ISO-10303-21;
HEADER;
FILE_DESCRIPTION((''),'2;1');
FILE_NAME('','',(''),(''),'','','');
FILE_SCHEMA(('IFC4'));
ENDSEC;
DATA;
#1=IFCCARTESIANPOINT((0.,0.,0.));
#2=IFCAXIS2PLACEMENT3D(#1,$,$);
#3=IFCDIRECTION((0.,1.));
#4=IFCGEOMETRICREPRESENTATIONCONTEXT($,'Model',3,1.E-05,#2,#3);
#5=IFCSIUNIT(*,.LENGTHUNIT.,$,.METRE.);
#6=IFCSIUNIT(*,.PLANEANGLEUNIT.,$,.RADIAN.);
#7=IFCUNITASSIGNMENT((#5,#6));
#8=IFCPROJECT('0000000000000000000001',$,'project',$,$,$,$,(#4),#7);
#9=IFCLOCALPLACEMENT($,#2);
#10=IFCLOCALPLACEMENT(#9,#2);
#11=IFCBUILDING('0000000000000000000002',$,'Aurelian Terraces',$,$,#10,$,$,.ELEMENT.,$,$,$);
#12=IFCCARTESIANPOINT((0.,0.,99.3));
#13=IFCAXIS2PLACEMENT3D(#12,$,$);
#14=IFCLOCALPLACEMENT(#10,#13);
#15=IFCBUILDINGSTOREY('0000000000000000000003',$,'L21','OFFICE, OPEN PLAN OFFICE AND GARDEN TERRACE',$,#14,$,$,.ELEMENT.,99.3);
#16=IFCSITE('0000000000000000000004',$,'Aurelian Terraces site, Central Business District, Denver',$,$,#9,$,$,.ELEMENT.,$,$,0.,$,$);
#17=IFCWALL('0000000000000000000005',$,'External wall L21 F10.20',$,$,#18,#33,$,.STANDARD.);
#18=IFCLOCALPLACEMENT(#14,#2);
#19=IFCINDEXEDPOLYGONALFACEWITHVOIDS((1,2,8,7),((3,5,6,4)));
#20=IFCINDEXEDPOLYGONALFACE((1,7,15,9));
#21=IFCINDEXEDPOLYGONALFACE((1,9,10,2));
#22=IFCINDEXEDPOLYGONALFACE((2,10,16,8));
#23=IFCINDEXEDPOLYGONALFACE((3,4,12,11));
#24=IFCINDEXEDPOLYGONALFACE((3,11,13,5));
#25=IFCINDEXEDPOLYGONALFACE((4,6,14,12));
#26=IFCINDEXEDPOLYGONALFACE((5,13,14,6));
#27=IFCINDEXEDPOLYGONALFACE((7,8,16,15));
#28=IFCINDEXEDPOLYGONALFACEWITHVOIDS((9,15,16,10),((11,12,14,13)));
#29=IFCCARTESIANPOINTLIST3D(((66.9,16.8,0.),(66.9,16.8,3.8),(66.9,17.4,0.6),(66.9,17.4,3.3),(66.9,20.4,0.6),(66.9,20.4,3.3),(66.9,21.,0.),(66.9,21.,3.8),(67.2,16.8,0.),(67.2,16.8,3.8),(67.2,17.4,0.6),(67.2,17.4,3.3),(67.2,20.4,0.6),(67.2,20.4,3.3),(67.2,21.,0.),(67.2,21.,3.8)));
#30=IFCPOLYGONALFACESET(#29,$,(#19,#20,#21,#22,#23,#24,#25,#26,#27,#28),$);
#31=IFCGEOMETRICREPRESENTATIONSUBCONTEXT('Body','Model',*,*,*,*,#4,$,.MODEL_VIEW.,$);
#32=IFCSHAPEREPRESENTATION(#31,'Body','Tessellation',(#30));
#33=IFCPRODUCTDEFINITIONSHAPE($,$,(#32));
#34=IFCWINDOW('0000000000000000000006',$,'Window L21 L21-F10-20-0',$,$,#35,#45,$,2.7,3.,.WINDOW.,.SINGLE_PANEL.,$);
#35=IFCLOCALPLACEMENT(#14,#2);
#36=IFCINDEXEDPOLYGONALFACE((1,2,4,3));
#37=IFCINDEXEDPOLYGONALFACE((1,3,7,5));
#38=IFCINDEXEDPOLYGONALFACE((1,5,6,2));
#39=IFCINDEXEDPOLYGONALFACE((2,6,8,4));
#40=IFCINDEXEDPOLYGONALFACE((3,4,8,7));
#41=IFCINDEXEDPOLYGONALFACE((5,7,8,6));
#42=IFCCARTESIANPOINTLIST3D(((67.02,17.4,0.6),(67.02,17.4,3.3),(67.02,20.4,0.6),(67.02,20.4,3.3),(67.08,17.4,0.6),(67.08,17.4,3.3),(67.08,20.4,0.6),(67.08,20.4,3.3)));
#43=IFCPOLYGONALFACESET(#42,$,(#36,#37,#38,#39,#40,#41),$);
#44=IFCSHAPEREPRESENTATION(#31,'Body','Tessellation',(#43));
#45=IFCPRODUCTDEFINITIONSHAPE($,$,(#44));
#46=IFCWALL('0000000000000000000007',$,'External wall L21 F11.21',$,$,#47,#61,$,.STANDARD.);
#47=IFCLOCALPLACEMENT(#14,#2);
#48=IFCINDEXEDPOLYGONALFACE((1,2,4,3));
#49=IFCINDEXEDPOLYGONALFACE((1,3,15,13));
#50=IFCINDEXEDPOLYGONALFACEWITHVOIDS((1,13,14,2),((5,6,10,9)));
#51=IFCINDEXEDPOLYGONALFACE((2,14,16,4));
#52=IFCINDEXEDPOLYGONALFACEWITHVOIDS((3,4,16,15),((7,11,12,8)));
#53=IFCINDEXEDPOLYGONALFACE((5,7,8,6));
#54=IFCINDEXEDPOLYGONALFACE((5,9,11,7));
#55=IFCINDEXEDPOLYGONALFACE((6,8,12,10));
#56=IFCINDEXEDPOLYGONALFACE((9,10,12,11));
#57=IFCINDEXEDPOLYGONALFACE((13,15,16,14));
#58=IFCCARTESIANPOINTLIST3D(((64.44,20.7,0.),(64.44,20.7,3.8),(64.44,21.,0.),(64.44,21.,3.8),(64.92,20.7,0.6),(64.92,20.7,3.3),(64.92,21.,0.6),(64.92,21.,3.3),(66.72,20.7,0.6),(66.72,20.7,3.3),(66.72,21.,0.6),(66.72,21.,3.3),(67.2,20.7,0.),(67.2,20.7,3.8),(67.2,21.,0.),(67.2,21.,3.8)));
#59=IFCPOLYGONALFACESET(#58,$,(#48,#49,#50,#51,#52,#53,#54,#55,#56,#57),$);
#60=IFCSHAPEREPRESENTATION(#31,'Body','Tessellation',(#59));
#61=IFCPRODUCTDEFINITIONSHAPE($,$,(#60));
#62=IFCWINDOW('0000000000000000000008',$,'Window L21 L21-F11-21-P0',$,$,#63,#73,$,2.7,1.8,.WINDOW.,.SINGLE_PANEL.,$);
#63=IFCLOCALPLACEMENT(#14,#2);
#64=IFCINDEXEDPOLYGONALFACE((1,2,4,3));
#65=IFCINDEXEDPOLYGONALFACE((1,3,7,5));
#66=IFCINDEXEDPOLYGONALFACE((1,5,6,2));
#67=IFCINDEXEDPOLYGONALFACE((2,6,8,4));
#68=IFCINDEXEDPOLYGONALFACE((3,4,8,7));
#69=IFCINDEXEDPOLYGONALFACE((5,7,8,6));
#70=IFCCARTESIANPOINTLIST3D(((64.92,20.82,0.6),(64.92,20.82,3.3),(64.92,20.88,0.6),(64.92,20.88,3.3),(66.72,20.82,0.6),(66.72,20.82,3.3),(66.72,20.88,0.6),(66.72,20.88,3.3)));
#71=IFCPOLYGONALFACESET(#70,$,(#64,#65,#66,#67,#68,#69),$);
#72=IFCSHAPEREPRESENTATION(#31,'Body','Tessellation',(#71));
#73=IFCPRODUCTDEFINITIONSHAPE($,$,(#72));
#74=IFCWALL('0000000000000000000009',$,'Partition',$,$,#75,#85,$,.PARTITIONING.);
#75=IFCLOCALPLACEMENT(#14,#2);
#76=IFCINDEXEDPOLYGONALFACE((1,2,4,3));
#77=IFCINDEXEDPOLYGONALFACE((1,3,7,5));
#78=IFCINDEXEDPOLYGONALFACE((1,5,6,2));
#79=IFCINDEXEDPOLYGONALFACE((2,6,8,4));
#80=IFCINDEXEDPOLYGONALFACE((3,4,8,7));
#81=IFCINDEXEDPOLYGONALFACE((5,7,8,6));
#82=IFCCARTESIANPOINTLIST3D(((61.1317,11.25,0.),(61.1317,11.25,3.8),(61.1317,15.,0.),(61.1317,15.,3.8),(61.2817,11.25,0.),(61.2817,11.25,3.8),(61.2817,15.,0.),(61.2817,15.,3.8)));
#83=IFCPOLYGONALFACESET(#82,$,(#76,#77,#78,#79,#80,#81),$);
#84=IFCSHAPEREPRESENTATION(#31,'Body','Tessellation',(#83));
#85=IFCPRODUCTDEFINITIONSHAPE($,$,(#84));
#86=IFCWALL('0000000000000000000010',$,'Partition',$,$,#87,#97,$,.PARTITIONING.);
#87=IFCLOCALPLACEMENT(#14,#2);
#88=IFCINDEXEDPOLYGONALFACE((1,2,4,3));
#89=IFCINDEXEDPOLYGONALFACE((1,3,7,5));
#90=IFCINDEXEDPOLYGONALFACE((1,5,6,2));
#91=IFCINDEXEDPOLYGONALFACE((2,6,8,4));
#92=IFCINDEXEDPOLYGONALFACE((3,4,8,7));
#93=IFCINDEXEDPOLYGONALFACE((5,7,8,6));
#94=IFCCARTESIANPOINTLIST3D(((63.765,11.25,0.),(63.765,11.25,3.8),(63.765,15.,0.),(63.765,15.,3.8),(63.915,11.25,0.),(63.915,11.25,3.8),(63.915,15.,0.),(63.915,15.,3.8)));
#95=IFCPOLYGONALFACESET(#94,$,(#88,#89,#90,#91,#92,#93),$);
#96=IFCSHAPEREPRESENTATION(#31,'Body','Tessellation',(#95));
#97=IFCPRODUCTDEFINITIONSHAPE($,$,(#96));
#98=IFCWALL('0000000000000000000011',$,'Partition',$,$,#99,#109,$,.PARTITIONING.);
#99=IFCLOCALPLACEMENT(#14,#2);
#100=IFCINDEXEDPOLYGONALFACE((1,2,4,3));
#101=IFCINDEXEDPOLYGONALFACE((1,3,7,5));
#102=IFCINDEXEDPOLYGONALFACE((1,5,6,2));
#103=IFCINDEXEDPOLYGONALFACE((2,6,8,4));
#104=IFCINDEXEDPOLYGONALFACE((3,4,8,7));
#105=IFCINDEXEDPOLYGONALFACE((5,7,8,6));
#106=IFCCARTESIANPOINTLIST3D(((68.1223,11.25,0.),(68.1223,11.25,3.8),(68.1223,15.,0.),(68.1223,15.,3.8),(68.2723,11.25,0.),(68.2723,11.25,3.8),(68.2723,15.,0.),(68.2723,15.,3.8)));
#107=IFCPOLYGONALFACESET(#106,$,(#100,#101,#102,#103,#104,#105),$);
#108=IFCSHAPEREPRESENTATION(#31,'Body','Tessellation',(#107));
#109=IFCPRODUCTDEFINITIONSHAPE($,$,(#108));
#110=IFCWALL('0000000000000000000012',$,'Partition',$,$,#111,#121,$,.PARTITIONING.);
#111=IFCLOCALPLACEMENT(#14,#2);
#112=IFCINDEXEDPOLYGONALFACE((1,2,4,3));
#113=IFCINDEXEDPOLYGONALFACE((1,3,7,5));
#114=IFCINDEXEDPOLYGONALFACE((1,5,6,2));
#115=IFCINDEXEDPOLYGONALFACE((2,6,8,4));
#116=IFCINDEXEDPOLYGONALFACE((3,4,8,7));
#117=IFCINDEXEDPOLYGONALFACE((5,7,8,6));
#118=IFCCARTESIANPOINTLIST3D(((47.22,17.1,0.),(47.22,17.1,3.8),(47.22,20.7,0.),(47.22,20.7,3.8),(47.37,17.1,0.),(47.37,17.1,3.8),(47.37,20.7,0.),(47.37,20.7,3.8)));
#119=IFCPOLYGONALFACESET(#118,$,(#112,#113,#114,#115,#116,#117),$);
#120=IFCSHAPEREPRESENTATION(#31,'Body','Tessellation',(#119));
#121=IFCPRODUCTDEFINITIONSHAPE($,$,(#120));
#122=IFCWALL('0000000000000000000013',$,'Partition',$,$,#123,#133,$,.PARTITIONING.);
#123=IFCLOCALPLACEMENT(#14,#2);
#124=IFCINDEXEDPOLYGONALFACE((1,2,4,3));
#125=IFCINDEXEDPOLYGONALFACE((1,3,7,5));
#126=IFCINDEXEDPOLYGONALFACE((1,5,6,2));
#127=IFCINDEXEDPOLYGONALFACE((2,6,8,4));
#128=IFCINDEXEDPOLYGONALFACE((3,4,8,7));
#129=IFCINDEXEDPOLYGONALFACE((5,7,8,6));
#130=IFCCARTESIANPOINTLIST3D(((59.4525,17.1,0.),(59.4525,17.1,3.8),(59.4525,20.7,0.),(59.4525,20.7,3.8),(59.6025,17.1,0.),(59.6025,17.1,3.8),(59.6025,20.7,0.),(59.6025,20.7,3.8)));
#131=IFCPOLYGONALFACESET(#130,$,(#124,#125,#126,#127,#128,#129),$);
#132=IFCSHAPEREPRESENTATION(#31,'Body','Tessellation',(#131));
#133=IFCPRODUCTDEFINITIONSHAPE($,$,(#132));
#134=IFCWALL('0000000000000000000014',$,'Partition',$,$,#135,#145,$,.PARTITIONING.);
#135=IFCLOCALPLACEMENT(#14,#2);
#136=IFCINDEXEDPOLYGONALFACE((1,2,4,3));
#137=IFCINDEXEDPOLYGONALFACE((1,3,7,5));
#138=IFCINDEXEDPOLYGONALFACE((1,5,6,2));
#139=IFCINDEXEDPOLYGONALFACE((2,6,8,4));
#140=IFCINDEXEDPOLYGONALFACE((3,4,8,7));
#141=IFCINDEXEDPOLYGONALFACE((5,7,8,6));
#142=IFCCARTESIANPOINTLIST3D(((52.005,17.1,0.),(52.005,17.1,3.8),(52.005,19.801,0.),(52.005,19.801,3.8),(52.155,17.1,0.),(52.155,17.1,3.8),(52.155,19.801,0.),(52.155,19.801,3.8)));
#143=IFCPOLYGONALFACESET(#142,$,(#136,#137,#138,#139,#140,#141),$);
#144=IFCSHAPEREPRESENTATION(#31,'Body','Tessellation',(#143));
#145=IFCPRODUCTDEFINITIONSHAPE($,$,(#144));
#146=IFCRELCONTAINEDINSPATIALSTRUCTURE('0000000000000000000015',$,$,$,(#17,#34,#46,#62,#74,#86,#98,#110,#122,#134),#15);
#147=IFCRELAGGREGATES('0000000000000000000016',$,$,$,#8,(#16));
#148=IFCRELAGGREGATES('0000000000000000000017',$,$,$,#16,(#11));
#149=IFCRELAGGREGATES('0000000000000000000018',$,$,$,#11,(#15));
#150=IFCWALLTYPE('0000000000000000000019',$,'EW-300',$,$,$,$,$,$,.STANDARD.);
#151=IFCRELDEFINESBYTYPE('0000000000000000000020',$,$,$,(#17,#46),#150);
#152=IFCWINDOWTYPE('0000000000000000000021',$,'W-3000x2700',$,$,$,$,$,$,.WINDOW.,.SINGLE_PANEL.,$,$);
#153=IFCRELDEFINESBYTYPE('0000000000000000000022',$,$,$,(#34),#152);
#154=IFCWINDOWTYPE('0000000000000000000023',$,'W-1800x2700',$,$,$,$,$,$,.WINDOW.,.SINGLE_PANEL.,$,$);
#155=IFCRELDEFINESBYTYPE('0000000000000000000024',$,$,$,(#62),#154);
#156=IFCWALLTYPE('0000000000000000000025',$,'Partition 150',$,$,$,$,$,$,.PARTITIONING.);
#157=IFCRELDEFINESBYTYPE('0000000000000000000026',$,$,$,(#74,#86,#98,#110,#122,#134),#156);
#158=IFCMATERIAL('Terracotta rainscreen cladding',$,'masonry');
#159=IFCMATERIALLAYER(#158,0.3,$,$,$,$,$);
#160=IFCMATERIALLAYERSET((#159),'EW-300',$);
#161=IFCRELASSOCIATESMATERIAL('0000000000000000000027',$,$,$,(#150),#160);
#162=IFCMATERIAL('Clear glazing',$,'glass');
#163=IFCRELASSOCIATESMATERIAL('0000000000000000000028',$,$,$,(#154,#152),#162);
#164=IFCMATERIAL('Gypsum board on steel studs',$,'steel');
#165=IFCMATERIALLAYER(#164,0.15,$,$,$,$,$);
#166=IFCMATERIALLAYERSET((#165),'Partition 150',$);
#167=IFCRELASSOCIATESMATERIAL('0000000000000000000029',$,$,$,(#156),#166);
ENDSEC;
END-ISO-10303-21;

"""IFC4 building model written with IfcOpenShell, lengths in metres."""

from ifc_helpers import new_model, si_unit, direction, frame, frame_2d, origin, place, context, subcontext, project, spatial, rectangle, extrude, source, transform, mapped, material, layer, layer_set, type_object, element, fill, save


model = new_model("IFC4")

# Units and contexts
model_context = context("Model", 3, precision=1e-05, world=origin(), true_north=direction((0.0, 1.0)))
body_context = subcontext(model_context, "Body", "Model", "MODEL_VIEW")
ifc_project = project(units=[si_unit("LENGTHUNIT", "METRE"), si_unit("PLANEANGLEUNIT", "RADIAN")], contexts=[model_context])

# Site, building, storey
site_placement = place(None, origin())
site = spatial("IfcSite", under=ifc_project, at=site_placement, Name="Aurelian Terraces site, Central Business District, Denver", CompositionType="ELEMENT", RefElevation=0.0)
building_placement = place(site_placement, origin())
building = spatial("IfcBuilding", under=site, at=building_placement, Name="Aurelian Terraces", CompositionType="ELEMENT")
storey_placement = place(building_placement, frame((0.0, 0.0, 99.3)))
storey = spatial("IfcBuildingStorey", under=building, at=storey_placement, Name="L21", Description="OFFICE, OPEN PLAN OFFICE AND GARDEN TERRACE", CompositionType="ELEMENT", Elevation=99.3)

# Walls, openings, windows
ifc_material_1 = material(Name="Terracotta rainscreen cladding", Category="masonry")
ifc_layer_1 = layer(ifc_material_1, 0.3)
ifc_layer_set_1 = layer_set([ifc_layer_1], Name="EW-300")
wall_type_1 = type_object("IfcWallType", Name="EW-300", PredefinedType="STANDARD", material=ifc_layer_set_1)
shared_shape_1 = source(origin(), body_context, "Body", "SweptSolid", [
    extrude(rectangle(XDim=1.8, YDim=2.7, at=frame_2d((0.9, 1.35))), frame((0.0, 0.16, 0.0), z_axis=(0.0, -1.0, 0.0), x_axis=(1.0, 0.0, 0.0)), (0.0, 0.0, 1.0), 0.32),
])
ifc_material_2 = material(Name="Clear glazing", Category="glass")
window_type_1 = type_object("IfcWindowType", Name="W-1800x2700", PartitioningType="SINGLE_PANEL", PredefinedType="WINDOW", material=ifc_material_2)
shared_shape_2 = source(origin(), body_context, "Body", "SweptSolid", [
    extrude(rectangle(XDim=1.8, YDim=2.7, at=frame_2d((0.9, 1.35))), frame((0.0, 0.03, 0.0), z_axis=(0.0, -1.0, 0.0), x_axis=(1.0, 0.0, 0.0)), (0.0, 0.0, 1.0), 0.06),
])
shared_shape_3 = source(origin(), body_context, "Body", "SweptSolid", [
    extrude(rectangle(XDim=4.2, YDim=0.3, at=frame_2d((2.1, 0.0))), origin(), (0.0, 0.0, 1.0), 3.8),
])
wall_1_placement = place(storey_placement, frame((67.05, 16.8, 0.0), z_axis=(0.0, 0.0, 1.0), x_axis=(0.0, 1.0, 0.0)))
wall_1 = element("IfcWall", 1, at=wall_1_placement, inside=storey, type_object=wall_type_1, Name="External wall L21 F10.20", PredefinedType="STANDARD", context=body_context, shape_type="MappedRepresentation", body=[
    mapped(shared_shape_3, transform((0.0, 0.0, 0.0), scale=1.0)),
])
shared_shape_4 = source(origin(), body_context, "Body", "SweptSolid", [
    extrude(rectangle(XDim=3.0, YDim=2.7, at=frame_2d((1.5, 1.35))), frame((0.0, 0.16, 0.0), z_axis=(0.0, -1.0, 0.0), x_axis=(1.0, 0.0, 0.0)), (0.0, 0.0, 1.0), 0.32),
])
opening_1_placement = place(wall_1_placement, frame((0.6, 0.0, 0.6)))
opening_1 = element("IfcOpeningElement", 2, at=opening_1_placement, cuts=wall_1, PredefinedType="OPENING", context=body_context, shape_type="MappedRepresentation", body=[
    mapped(shared_shape_4, transform((0.0, 0.0, 0.0), scale=1.0)),
])
window_type_2 = type_object("IfcWindowType", Name="W-3000x2700", PartitioningType="SINGLE_PANEL", PredefinedType="WINDOW", material=ifc_material_2)
shared_shape_5 = source(origin(), body_context, "Body", "SweptSolid", [
    extrude(rectangle(XDim=3.0, YDim=2.7, at=frame_2d((1.5, 1.35))), frame((0.0, 0.03, 0.0), z_axis=(0.0, -1.0, 0.0), x_axis=(1.0, 0.0, 0.0)), (0.0, 0.0, 1.0), 0.06),
])
window_1_placement = place(opening_1_placement, origin())
window_1 = element("IfcWindow", 3, at=window_1_placement, inside=storey, type_object=window_type_2, Name="Window L21 L21-F10-20-0", OverallHeight=2.7, OverallWidth=3.0, PartitioningType="SINGLE_PANEL", PredefinedType="WINDOW", context=body_context, shape_type="MappedRepresentation", body=[
    mapped(shared_shape_5, transform((0.0, 0.0, 0.0), scale=1.0)),
])
fill(opening_1, window_1)
shared_shape_6 = source(origin(), body_context, "Body", "SweptSolid", [
    extrude(rectangle(XDim=2.76, YDim=0.3, at=frame_2d((1.38, 0.0))), origin(), (0.0, 0.0, 1.0), 3.8),
])
wall_2_placement = place(storey_placement, frame((67.2, 20.85, 0.0), z_axis=(0.0, 0.0, 1.0), x_axis=(-1.0, 0.0, 0.0)))
wall_2 = element("IfcWall", 4, at=wall_2_placement, inside=storey, type_object=wall_type_1, Name="External wall L21 F11.21", PredefinedType="STANDARD", context=body_context, shape_type="MappedRepresentation", body=[
    mapped(shared_shape_6, transform((0.0, 0.0, 0.0), scale=1.0)),
])
opening_2_placement = place(wall_2_placement, frame((0.48, 0.0, 0.6)))
opening_2 = element("IfcOpeningElement", 5, at=opening_2_placement, cuts=wall_2, PredefinedType="OPENING", context=body_context, shape_type="MappedRepresentation", body=[
    mapped(shared_shape_1, transform((0.0, 0.0, 0.0), scale=1.0)),
])
window_2_placement = place(opening_2_placement, origin())
window_2 = element("IfcWindow", 6, at=window_2_placement, inside=storey, type_object=window_type_1, Name="Window L21 L21-F11-21-P0", OverallHeight=2.7, OverallWidth=1.8, PartitioningType="SINGLE_PANEL", PredefinedType="WINDOW", context=body_context, shape_type="MappedRepresentation", body=[
    mapped(shared_shape_2, transform((0.0, 0.0, 0.0), scale=1.0)),
])
fill(opening_2, window_2)

# Walls
ifc_material_3 = material(Name="Gypsum board on steel studs", Category="steel")
ifc_layer_2 = layer(ifc_material_3, 0.15)
ifc_layer_set_2 = layer_set([ifc_layer_2], Name="Partition 150")
wall_type_2 = type_object("IfcWallType", Name="Partition 150", PredefinedType="PARTITIONING", material=ifc_layer_set_2)
shared_shape_7 = source(origin(), body_context, "Body", "SweptSolid", [
    extrude(rectangle(XDim=3.75, YDim=0.15, at=frame_2d((1.875, 0.0))), origin(), (0.0, 0.0, 1.0), 3.8),
])
for number, where, z_axis, x_axis, name in (
    (7, (61.2067, 11.25, 0.0), (0.0, 0.0, 1.0), (0.0, 1.0, 0.0), "Partition"),
    (8, (63.84, 11.25, 0.0), (0.0, 0.0, 1.0), (0.0, 1.0, 0.0), "Partition"),
    (9, (68.1973, 11.25, 0.0), (0.0, 0.0, 1.0), (0.0, 1.0, 0.0), "Partition"),
):
    element("IfcWall", number, at=place(storey_placement, frame(where, z_axis=z_axis, x_axis=x_axis)), inside=storey, type_object=wall_type_2, Name=name, PredefinedType="PARTITIONING", context=body_context, shape_type="MappedRepresentation", body=[
        mapped(shared_shape_7, transform((0.0, 0.0, 0.0), scale=1.0)),
    ])
shared_shape_8 = source(origin(), body_context, "Body", "SweptSolid", [
    extrude(rectangle(XDim=3.6, YDim=0.15, at=frame_2d((1.8, 0.0))), origin(), (0.0, 0.0, 1.0), 3.8),
])
for number, where, z_axis, x_axis, name in (
    (10, (47.295, 20.7, 0.0), (0.0, 0.0, 1.0), (0.0, -1.0, 0.0), "Partition"),
    (11, (59.5275, 20.7, 0.0), (0.0, 0.0, 1.0), (0.0, -1.0, 0.0), "Partition"),
):
    element("IfcWall", number, at=place(storey_placement, frame(where, z_axis=z_axis, x_axis=x_axis)), inside=storey, type_object=wall_type_2, Name=name, PredefinedType="PARTITIONING", context=body_context, shape_type="MappedRepresentation", body=[
        mapped(shared_shape_8, transform((0.0, 0.0, 0.0), scale=1.0)),
    ])
shared_shape_9 = source(origin(), body_context, "Body", "SweptSolid", [
    extrude(rectangle(XDim=2.701, YDim=0.15, at=frame_2d((1.3505, 0.0))), origin(), (0.0, 0.0, 1.0), 3.8),
])
wall_3_placement = place(storey_placement, frame((52.08, 17.1, 0.0), z_axis=(0.0, 0.0, 1.0), x_axis=(0.0, 1.0, 0.0)))
element("IfcWall", 12, at=wall_3_placement, inside=storey, type_object=wall_type_2, Name="Partition", PredefinedType="PARTITIONING", context=body_context, shape_type="MappedRepresentation", body=[
    mapped(shared_shape_9, transform((0.0, 0.0, 0.0), scale=1.0)),
])

save(model, "model.ifc")
